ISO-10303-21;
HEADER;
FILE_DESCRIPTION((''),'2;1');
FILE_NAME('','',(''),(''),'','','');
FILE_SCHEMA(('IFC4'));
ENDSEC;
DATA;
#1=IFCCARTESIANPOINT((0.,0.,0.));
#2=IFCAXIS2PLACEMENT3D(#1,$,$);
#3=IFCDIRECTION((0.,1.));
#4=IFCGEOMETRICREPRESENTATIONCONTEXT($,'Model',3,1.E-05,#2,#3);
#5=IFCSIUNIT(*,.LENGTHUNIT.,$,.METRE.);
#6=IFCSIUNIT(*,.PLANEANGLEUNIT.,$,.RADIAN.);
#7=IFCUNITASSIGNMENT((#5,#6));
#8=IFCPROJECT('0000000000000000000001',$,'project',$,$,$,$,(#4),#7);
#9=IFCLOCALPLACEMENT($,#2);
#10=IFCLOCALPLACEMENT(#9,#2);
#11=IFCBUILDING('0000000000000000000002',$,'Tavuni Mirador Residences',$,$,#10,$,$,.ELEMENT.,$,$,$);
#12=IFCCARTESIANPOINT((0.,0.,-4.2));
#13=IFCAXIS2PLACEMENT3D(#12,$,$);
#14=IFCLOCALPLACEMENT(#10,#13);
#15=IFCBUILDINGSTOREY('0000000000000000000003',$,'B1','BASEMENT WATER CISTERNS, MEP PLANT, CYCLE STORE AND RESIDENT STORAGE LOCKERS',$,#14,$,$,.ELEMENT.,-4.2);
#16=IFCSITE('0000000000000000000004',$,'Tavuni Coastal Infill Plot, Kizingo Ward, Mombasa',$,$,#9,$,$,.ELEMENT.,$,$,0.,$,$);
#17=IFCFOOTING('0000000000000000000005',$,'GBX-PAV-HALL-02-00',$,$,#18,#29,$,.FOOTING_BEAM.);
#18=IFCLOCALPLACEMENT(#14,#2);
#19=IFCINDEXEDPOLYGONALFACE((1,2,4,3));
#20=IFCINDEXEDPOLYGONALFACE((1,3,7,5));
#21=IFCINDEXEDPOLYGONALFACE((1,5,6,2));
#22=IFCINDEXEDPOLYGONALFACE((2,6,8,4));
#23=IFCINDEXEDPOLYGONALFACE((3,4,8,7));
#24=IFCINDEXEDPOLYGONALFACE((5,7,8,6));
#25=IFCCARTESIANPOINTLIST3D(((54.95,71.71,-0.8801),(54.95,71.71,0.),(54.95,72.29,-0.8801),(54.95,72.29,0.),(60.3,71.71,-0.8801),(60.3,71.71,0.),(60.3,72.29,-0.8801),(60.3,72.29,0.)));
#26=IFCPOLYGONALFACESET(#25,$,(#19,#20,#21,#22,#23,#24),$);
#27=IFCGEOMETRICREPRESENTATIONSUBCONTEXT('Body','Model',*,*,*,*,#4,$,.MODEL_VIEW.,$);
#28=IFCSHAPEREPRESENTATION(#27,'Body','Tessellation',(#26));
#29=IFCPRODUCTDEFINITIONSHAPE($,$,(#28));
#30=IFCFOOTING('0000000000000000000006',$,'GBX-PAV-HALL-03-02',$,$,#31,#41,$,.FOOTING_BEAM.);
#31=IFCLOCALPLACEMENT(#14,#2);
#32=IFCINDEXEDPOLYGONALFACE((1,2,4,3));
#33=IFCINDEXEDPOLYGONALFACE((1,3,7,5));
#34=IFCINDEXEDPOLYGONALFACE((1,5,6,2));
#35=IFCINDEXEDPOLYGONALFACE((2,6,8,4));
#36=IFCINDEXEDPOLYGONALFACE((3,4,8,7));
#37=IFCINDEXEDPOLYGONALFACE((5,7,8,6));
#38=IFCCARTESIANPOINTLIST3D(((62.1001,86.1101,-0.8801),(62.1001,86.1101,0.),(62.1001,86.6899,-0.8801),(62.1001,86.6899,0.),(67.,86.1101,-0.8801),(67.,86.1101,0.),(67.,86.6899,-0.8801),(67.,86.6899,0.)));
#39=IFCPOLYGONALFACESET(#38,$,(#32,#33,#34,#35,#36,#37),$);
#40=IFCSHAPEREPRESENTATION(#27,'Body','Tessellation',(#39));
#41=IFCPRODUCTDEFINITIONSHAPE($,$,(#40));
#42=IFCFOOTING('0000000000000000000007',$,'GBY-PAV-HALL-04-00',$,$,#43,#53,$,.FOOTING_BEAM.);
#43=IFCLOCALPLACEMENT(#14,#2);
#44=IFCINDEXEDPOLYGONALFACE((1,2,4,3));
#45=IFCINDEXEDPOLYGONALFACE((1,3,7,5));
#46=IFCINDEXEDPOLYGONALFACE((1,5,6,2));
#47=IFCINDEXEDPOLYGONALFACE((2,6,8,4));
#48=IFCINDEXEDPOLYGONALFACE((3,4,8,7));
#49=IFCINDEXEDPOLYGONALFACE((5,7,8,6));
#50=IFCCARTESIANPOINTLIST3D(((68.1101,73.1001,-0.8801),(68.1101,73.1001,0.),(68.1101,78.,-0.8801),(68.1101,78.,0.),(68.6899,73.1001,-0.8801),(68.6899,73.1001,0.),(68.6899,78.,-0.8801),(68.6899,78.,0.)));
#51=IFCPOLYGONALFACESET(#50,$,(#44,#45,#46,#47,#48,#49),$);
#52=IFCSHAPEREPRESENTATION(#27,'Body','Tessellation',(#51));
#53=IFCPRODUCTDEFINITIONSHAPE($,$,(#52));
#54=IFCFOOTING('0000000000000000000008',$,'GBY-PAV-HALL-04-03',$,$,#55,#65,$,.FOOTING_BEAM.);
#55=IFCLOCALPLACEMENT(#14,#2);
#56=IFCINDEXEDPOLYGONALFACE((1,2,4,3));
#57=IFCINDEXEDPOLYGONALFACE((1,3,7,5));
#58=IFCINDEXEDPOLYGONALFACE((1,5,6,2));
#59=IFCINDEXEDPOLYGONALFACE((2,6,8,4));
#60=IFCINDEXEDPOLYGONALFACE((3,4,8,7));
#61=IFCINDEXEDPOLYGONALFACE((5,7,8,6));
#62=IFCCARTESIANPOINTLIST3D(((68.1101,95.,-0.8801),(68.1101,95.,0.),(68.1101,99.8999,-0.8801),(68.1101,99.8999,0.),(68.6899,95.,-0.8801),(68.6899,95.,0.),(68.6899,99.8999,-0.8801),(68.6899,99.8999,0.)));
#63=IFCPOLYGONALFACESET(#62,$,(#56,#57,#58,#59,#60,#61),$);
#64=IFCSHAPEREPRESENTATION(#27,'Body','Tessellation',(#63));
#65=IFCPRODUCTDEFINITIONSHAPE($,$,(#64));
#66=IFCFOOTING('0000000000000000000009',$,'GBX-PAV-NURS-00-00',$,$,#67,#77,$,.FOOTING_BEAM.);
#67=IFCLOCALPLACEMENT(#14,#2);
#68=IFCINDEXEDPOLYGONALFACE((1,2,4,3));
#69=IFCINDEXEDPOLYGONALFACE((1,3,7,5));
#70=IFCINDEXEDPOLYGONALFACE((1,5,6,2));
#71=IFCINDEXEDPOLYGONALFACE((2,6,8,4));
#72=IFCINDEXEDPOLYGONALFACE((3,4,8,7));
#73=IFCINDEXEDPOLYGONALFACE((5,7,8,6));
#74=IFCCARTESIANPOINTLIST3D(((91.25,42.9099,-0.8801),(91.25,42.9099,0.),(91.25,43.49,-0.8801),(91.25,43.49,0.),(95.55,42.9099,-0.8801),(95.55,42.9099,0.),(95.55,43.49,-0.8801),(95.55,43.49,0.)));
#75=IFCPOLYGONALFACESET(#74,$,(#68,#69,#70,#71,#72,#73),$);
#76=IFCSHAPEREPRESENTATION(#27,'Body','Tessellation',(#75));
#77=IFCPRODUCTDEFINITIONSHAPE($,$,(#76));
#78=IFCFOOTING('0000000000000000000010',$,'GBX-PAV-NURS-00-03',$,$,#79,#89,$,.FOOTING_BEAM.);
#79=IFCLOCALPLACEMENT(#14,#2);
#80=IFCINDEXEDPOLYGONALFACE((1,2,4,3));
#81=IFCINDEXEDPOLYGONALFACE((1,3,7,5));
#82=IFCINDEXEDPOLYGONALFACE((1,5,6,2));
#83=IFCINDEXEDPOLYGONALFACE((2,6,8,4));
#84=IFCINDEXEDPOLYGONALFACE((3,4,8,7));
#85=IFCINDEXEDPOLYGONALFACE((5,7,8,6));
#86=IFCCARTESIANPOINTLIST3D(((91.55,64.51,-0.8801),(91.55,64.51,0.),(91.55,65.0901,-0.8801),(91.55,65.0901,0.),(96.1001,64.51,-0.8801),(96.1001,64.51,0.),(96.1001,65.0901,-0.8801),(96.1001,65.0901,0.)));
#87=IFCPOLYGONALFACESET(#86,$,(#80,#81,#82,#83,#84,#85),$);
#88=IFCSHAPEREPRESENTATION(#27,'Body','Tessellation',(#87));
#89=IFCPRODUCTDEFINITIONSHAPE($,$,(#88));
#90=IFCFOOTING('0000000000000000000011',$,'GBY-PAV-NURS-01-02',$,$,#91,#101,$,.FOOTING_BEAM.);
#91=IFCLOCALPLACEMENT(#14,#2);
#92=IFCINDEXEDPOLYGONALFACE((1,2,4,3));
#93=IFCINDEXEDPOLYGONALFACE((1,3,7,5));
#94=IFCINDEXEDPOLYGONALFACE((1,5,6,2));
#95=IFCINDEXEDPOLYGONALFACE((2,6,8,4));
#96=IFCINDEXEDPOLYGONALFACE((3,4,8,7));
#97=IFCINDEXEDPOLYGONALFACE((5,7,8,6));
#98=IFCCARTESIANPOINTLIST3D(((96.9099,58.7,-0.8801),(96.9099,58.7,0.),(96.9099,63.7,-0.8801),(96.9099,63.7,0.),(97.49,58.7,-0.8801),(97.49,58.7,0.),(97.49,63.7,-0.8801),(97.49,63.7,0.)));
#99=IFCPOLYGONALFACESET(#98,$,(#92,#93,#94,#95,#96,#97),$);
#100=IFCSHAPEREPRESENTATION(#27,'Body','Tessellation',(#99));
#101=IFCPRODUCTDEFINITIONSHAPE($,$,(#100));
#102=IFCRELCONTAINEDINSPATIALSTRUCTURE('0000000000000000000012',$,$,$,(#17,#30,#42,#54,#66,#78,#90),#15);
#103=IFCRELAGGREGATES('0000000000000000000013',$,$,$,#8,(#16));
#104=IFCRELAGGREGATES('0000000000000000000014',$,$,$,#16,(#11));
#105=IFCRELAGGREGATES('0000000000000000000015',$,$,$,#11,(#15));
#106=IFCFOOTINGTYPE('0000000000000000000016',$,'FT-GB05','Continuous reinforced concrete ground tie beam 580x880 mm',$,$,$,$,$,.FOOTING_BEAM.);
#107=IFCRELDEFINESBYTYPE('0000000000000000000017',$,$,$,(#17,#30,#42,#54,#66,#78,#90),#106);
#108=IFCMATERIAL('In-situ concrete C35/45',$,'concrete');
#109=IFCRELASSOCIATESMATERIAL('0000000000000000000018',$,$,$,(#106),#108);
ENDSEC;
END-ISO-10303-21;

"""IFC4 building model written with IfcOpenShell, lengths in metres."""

from ifc_helpers import new_model, si_unit, direction, frame, origin, place, context, subcontext, project, spatial, polyline, outline, extrude, material, type_object, element, save


model = new_model("IFC4")

# Units and contexts
model_context = context("Model", 3, precision=1e-05, world=origin(), true_north=direction((0.0, 1.0)))
body_context = subcontext(model_context, "Body", "Model", "MODEL_VIEW")
ifc_project = project(units=[si_unit("LENGTHUNIT", "METRE"), si_unit("PLANEANGLEUNIT", "RADIAN")], contexts=[model_context])

# Site, building, storey
site_placement = place(None, origin())
site = spatial("IfcSite", under=ifc_project, at=site_placement, Name="Tavuni Coastal Infill Plot, Kizingo Ward, Mombasa", CompositionType="ELEMENT", RefElevation=0.0)
building_placement = place(site_placement, origin())
building = spatial("IfcBuilding", under=site, at=building_placement, Name="Tavuni Mirador Residences", CompositionType="ELEMENT")
storey_placement = place(building_placement, frame((0.0, 0.0, -4.2)))
storey = spatial("IfcBuildingStorey", under=building, at=storey_placement, Name="B1", Description="BASEMENT WATER CISTERNS, MEP PLANT, CYCLE STORE AND RESIDENT STORAGE LOCKERS", CompositionType="ELEMENT", Elevation=-4.2)

# Footings
ifc_material = material(Name="In-situ concrete C35/45", Category="concrete")
footing_type_1 = type_object("IfcFootingType", Name="FT-GB05", Description="Continuous reinforced concrete ground tie beam 580x880 mm", PredefinedType="FOOTING_BEAM", material=ifc_material)
footing_1_placement = place(storey_placement, frame((0.0, 0.0, -0.8801)))
element("IfcFooting", 1, at=footing_1_placement, inside=storey, type_object=footing_type_1, Name="GBX-PAV-HALL-02-00", PredefinedType="FOOTING_BEAM", context=body_context, shape_type="SweptSolid", body=[
    extrude(outline(polyline([(54.95, 71.71), (60.3, 71.71), (60.3, 72.29), (54.95, 72.29), (54.95, 71.71)])), origin(), (0.0, 0.0, 1.0), 0.8801),
])
footing_2_placement = place(storey_placement, frame((0.0, 0.0, -0.8801)))
element("IfcFooting", 2, at=footing_2_placement, inside=storey, type_object=footing_type_1, Name="GBX-PAV-HALL-03-02", PredefinedType="FOOTING_BEAM", context=body_context, shape_type="SweptSolid", body=[
    extrude(outline(polyline([(62.1001, 86.1101), (67.0, 86.1101), (67.0, 86.6899), (62.1001, 86.6899), (62.1001, 86.1101)])), origin(), (0.0, 0.0, 1.0), 0.8801),
])
footing_3_placement = place(storey_placement, frame((0.0, 0.0, -0.8801)))
element("IfcFooting", 3, at=footing_3_placement, inside=storey, type_object=footing_type_1, Name="GBY-PAV-HALL-04-00", PredefinedType="FOOTING_BEAM", context=body_context, shape_type="SweptSolid", body=[
    extrude(outline(polyline([(68.1101, 73.1001), (68.6899, 73.1001), (68.6899, 78.0), (68.1101, 78.0), (68.1101, 73.1001)])), origin(), (0.0, 0.0, 1.0), 0.8801),
])
footing_4_placement = place(storey_placement, frame((0.0, 0.0, -0.8801)))
element("IfcFooting", 4, at=footing_4_placement, inside=storey, type_object=footing_type_1, Name="GBY-PAV-HALL-04-03", PredefinedType="FOOTING_BEAM", context=body_context, shape_type="SweptSolid", body=[
    extrude(outline(polyline([(68.1101, 95.0), (68.6899, 95.0), (68.6899, 99.8999), (68.1101, 99.8999), (68.1101, 95.0)])), origin(), (0.0, 0.0, 1.0), 0.8801),
])
footing_5_placement = place(storey_placement, frame((0.0, 0.0, -0.8801)))
element("IfcFooting", 5, at=footing_5_placement, inside=storey, type_object=footing_type_1, Name="GBX-PAV-NURS-00-00", PredefinedType="FOOTING_BEAM", context=body_context, shape_type="SweptSolid", body=[
    extrude(outline(polyline([(91.25, 42.9099), (95.55, 42.9099), (95.55, 43.49), (91.25, 43.49), (91.25, 42.9099)])), origin(), (0.0, 0.0, 1.0), 0.8801),
])
footing_6_placement = place(storey_placement, frame((0.0, 0.0, -0.8801)))
element("IfcFooting", 6, at=footing_6_placement, inside=storey, type_object=footing_type_1, Name="GBX-PAV-NURS-00-03", PredefinedType="FOOTING_BEAM", context=body_context, shape_type="SweptSolid", body=[
    extrude(outline(polyline([(91.55, 64.51), (96.1001, 64.51), (96.1001, 65.0901), (91.55, 65.0901), (91.55, 64.51)])), origin(), (0.0, 0.0, 1.0), 0.8801),
])
footing_7_placement = place(storey_placement, frame((0.0, 0.0, -0.8801)))
element("IfcFooting", 7, at=footing_7_placement, inside=storey, type_object=footing_type_1, Name="GBY-PAV-NURS-01-02", PredefinedType="FOOTING_BEAM", context=body_context, shape_type="SweptSolid", body=[
    extrude(outline(polyline([(96.9099, 58.7), (97.49, 58.7), (97.49, 63.7), (96.9099, 63.7), (96.9099, 58.7)])), origin(), (0.0, 0.0, 1.0), 0.8801),
])

save(model, "model.ifc")
